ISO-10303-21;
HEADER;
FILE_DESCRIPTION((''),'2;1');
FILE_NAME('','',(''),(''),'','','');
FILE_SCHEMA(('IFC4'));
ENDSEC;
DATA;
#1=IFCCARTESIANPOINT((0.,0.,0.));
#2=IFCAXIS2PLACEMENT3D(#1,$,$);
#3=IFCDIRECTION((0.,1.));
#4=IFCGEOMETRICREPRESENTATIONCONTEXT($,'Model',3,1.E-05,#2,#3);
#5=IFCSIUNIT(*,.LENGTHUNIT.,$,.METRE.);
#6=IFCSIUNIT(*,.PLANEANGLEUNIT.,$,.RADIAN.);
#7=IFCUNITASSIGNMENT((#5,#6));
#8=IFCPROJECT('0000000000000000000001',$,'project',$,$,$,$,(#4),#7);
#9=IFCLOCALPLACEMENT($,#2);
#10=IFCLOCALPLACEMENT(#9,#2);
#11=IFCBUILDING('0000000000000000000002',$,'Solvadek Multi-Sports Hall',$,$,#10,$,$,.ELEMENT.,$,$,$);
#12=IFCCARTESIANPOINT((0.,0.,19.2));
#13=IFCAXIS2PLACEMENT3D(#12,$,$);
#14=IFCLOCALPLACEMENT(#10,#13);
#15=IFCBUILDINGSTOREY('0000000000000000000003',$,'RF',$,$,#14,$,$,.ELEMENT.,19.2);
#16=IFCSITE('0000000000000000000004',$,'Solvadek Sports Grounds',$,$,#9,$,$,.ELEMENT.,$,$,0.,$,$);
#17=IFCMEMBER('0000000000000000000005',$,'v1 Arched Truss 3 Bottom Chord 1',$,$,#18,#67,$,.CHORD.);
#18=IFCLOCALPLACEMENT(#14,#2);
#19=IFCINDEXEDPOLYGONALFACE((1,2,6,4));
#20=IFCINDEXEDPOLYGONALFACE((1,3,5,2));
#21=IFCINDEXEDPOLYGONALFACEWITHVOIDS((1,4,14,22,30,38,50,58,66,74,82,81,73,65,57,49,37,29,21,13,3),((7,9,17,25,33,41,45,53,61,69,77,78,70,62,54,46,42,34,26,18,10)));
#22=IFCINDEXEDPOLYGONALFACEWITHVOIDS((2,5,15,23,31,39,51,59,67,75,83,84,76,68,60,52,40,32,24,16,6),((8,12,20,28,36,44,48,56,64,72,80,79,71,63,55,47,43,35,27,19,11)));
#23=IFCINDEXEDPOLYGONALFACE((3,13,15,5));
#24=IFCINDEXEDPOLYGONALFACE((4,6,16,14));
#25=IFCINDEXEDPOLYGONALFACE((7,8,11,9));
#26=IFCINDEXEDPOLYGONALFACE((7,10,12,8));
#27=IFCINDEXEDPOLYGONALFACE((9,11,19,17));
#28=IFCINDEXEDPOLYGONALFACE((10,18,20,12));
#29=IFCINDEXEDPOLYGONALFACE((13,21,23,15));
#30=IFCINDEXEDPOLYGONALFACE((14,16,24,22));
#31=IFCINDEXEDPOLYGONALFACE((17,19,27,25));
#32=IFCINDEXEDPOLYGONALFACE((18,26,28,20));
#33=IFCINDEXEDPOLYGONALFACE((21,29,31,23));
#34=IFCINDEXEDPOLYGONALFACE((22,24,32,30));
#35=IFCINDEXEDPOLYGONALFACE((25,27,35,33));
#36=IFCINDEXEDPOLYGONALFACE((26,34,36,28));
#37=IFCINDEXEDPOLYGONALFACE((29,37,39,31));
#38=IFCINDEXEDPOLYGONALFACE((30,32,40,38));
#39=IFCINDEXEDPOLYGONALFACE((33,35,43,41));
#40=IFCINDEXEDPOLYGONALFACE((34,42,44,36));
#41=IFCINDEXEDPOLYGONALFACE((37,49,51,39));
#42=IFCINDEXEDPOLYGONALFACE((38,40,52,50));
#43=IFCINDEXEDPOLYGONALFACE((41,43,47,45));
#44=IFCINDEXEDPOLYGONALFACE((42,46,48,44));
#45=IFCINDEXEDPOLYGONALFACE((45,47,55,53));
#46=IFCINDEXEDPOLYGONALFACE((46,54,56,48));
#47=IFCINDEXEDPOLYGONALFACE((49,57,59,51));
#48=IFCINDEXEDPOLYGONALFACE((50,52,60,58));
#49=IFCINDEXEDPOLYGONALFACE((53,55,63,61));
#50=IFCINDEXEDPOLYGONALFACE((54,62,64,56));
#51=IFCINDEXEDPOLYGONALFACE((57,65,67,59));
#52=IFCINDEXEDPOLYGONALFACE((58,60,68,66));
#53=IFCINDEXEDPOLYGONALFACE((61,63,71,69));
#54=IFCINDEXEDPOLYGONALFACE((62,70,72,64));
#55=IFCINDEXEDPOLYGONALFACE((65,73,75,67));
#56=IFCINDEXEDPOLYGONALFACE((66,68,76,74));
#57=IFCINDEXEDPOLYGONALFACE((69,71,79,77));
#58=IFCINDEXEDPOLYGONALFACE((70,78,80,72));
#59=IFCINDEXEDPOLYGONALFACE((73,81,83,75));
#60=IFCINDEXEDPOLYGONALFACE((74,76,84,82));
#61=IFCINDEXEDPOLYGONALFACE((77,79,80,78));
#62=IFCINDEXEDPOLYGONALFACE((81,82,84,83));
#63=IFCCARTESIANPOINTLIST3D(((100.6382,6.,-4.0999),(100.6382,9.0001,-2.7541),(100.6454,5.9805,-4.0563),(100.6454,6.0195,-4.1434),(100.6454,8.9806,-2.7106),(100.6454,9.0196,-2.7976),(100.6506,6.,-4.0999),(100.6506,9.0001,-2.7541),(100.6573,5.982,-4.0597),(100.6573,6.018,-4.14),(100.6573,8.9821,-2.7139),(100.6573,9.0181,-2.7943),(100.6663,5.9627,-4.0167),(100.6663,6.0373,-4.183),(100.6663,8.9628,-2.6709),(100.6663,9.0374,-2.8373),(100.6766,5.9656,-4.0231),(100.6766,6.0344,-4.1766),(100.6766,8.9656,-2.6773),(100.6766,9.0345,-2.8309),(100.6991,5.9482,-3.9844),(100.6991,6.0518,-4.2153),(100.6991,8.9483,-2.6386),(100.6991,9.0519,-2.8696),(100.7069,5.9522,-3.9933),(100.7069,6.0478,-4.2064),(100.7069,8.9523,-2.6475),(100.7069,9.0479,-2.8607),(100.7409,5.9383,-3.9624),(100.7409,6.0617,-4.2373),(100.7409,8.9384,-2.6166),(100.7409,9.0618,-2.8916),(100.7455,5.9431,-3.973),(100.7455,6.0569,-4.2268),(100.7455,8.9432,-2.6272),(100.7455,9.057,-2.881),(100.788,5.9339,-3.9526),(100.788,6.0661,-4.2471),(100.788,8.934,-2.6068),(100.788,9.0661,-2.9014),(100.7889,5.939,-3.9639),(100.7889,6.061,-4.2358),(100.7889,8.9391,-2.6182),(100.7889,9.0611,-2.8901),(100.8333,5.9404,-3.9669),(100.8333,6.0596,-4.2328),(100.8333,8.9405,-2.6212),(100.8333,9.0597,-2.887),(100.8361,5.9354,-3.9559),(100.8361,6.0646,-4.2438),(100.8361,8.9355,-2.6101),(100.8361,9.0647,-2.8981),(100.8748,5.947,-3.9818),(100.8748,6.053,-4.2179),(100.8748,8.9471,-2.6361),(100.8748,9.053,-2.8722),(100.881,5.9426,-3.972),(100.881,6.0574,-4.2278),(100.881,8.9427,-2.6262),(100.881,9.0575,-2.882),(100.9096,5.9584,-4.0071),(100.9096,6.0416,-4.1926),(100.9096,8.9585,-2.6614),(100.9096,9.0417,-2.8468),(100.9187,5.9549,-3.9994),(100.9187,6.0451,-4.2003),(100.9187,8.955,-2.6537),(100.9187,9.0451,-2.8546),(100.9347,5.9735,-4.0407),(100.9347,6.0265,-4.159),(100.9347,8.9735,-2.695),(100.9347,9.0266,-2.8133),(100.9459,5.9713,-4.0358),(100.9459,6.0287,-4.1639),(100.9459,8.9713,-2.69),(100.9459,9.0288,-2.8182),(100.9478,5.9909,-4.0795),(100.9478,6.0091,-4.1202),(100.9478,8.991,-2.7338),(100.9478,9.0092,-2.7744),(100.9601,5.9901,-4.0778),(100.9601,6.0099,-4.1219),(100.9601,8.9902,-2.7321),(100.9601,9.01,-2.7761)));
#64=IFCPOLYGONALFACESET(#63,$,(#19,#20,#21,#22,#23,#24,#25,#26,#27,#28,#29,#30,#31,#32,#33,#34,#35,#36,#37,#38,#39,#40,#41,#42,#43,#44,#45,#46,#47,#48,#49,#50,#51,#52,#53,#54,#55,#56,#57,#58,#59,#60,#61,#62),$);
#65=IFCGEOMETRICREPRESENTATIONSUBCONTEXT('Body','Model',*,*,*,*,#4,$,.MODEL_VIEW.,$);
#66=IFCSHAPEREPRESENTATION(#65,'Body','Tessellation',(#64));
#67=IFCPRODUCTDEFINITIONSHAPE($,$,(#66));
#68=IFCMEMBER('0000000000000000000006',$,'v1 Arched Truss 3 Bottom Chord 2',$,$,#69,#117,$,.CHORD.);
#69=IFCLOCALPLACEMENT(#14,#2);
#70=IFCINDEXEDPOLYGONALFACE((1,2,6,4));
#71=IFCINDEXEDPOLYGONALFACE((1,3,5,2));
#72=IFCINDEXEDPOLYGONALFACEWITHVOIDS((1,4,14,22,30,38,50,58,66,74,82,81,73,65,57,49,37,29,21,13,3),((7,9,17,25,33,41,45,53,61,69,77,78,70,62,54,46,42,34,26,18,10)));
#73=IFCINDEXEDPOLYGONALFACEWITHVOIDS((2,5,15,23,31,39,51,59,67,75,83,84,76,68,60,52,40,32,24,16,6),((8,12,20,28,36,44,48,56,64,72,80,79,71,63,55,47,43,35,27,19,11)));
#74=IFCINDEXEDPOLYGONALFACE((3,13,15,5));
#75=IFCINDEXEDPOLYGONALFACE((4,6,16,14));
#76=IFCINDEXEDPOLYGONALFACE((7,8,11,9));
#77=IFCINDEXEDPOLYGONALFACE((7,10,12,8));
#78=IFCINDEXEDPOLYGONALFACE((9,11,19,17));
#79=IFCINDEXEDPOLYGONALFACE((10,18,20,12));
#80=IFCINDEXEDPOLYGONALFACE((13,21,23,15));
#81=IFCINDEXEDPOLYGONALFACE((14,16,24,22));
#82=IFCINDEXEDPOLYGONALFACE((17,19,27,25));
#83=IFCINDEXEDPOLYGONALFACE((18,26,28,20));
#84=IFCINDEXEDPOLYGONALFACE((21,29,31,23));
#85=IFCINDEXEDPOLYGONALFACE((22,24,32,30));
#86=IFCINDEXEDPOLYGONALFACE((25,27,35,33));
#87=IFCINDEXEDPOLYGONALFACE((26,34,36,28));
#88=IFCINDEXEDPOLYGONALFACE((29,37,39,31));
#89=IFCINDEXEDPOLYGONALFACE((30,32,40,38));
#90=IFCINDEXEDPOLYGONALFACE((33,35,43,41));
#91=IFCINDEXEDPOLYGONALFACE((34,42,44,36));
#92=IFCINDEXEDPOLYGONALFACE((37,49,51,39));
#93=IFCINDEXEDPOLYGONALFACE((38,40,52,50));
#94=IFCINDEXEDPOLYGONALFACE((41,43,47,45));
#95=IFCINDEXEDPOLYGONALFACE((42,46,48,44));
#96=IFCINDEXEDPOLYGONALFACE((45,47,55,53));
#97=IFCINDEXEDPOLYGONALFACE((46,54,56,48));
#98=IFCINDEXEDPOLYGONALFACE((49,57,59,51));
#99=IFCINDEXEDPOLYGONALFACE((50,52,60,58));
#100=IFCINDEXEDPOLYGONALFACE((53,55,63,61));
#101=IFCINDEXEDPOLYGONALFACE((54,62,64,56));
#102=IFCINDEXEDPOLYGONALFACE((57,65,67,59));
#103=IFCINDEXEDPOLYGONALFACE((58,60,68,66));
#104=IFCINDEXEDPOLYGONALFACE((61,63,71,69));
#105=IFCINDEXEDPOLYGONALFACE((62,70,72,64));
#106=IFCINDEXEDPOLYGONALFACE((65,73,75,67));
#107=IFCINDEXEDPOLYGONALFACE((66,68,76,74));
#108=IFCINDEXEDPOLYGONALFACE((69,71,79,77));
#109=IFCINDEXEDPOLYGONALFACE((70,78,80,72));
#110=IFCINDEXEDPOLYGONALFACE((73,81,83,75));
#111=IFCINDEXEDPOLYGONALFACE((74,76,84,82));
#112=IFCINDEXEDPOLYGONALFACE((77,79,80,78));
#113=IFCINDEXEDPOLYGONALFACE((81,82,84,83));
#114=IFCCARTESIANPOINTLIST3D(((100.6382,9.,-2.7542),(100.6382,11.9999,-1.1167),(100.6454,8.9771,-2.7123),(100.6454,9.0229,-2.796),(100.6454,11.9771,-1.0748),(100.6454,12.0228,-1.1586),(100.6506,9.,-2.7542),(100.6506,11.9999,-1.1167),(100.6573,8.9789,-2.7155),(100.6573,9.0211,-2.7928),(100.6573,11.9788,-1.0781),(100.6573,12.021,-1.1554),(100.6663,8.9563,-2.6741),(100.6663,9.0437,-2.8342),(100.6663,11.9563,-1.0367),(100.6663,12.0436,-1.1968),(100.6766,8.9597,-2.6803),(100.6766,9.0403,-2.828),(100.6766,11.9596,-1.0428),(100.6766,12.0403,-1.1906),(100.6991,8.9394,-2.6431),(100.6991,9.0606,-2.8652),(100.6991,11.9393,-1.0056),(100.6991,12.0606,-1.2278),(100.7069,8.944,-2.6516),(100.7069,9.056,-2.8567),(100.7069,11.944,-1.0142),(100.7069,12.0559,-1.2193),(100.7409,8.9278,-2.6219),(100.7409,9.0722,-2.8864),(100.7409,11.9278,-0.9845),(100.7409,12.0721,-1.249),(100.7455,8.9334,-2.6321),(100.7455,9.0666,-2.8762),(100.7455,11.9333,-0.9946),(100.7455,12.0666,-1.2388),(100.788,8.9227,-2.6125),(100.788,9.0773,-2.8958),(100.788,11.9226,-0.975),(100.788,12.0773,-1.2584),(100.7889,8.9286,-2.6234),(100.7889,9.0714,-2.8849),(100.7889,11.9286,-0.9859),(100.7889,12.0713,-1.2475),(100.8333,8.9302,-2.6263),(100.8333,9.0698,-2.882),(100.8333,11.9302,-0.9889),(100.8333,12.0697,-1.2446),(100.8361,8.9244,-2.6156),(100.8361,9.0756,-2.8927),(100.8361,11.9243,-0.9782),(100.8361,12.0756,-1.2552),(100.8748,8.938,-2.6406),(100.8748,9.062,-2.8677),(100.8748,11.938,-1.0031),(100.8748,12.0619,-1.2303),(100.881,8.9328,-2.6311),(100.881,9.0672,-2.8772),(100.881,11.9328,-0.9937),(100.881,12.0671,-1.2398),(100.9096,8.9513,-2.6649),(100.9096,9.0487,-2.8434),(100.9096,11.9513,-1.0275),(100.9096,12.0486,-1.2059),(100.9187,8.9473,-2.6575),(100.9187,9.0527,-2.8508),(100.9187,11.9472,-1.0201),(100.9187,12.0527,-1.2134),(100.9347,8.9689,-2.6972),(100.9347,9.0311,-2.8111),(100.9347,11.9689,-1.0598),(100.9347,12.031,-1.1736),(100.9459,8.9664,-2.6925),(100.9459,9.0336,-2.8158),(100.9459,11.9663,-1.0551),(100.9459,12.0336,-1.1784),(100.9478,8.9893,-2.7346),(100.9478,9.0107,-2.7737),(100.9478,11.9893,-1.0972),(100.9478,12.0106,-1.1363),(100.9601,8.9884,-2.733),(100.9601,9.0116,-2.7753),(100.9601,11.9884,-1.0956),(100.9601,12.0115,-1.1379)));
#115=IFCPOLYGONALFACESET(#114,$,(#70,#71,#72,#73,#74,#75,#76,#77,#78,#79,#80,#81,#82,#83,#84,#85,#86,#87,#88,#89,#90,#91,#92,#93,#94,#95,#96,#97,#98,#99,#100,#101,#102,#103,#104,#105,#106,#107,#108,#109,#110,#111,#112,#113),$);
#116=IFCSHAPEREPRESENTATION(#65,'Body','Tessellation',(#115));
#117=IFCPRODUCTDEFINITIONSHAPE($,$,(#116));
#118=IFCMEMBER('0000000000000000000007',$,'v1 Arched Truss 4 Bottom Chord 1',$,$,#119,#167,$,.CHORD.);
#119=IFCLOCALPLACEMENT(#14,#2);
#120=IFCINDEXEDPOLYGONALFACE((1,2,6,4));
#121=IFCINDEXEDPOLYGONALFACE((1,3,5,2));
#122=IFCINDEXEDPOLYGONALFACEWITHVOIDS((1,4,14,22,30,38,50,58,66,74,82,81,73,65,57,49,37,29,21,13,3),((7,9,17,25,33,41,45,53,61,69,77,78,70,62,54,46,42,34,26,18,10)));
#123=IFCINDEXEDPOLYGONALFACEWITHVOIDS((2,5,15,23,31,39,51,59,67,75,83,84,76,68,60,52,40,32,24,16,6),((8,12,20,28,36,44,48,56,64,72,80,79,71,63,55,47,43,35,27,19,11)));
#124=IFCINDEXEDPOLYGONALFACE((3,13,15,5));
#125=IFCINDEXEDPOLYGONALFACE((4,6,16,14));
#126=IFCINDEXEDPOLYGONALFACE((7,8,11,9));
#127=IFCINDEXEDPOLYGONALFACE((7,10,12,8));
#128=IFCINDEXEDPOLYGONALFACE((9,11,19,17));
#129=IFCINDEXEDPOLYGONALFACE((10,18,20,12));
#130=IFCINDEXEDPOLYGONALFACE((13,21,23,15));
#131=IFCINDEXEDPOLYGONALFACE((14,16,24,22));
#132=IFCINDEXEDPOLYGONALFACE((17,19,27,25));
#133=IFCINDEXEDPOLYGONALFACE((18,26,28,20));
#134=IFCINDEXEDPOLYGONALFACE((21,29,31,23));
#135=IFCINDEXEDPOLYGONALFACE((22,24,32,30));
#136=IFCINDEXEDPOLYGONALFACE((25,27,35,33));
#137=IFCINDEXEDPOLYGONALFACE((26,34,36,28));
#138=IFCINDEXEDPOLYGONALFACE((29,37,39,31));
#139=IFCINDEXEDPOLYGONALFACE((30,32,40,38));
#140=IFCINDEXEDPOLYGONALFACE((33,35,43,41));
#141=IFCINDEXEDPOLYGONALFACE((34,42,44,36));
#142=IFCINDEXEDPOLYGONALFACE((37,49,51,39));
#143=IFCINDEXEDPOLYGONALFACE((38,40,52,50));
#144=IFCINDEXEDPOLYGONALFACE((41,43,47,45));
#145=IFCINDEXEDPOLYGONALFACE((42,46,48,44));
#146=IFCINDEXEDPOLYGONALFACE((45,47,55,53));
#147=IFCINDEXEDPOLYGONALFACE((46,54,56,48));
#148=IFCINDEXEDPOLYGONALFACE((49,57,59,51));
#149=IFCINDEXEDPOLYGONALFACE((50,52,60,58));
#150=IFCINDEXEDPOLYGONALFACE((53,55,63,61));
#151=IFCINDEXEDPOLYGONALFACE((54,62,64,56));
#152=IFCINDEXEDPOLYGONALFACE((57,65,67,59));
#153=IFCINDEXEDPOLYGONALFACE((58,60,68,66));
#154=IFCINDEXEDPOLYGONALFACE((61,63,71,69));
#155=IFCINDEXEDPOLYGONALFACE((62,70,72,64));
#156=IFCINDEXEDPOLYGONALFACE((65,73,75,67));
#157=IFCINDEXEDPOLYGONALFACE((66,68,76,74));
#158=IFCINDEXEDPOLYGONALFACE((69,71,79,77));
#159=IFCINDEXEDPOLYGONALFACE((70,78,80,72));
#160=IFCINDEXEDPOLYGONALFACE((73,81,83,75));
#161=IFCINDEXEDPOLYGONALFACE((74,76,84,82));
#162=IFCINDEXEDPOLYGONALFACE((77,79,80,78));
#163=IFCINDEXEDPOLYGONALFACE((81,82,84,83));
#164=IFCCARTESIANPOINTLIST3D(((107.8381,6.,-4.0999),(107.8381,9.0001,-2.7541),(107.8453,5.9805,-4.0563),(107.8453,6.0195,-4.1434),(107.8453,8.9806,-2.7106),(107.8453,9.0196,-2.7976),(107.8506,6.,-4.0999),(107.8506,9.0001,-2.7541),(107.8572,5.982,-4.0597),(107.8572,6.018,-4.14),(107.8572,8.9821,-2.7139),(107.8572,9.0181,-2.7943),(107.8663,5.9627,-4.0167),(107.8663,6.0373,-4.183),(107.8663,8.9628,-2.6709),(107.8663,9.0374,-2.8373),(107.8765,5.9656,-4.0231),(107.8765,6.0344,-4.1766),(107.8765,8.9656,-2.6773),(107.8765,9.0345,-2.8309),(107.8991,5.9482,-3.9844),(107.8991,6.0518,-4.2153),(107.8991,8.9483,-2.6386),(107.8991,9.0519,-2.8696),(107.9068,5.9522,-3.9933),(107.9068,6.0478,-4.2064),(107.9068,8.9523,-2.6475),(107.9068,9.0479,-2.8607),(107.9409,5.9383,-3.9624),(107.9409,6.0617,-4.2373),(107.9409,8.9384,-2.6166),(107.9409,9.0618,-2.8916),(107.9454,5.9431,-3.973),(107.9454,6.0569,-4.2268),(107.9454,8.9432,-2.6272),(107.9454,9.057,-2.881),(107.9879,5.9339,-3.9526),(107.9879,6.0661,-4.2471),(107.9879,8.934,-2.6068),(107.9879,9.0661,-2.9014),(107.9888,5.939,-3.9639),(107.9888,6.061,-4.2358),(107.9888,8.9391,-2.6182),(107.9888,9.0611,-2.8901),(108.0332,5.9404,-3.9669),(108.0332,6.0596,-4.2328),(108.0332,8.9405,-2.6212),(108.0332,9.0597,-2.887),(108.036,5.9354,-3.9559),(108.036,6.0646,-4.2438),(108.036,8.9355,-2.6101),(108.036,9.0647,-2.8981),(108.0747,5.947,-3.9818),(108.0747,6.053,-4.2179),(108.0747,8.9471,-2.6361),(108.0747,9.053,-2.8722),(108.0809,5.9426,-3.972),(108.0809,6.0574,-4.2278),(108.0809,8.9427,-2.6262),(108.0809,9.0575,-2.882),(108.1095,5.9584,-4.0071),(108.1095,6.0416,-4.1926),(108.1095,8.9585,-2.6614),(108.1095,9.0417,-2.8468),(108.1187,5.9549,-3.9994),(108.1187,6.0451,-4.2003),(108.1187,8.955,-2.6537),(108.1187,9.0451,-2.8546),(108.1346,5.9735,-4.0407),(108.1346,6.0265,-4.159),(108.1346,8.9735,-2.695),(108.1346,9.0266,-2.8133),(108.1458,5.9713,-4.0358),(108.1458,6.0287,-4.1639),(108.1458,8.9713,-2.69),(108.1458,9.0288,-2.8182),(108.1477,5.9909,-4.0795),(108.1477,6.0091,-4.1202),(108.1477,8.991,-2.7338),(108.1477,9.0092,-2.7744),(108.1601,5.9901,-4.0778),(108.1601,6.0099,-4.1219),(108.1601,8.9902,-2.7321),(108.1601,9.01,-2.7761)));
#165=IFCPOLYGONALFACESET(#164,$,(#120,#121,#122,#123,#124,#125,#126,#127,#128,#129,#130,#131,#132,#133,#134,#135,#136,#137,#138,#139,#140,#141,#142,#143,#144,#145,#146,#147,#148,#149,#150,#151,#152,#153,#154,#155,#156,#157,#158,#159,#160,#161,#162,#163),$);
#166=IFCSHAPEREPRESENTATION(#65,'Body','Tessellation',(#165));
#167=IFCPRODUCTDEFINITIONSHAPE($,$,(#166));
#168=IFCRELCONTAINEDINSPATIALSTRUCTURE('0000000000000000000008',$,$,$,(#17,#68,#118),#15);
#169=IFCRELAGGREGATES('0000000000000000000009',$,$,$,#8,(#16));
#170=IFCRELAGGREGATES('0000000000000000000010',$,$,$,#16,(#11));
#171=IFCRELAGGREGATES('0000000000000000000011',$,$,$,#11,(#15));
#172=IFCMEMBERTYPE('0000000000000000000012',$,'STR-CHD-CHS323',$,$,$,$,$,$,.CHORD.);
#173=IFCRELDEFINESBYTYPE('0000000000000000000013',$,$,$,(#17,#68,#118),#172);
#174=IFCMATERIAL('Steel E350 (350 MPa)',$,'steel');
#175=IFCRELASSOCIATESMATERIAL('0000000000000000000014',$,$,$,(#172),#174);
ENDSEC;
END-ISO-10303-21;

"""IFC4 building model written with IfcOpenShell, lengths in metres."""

from ifc_helpers import new_model, si_unit, direction, frame, origin, origin_2d, place, context, subcontext, project, spatial, hollow_circle, extrude, material, material_profile, profile_set, type_object, element, save


model = new_model("IFC4")

# Units and contexts
model_context = context("Model", 3, precision=1e-05, world=origin(), true_north=direction((0.0, 1.0)))
body_context = subcontext(model_context, "Body", "Model", "MODEL_VIEW")
ifc_project = project(units=[si_unit("LENGTHUNIT", "METRE"), si_unit("PLANEANGLEUNIT", "RADIAN")], contexts=[model_context])

# Site, building, storey
site_placement = place(None, origin())
site = spatial("IfcSite", under=ifc_project, at=site_placement, Name="Solvadek Sports Grounds", CompositionType="ELEMENT", RefElevation=0.0)
building_placement = place(site_placement, origin())
building = spatial("IfcBuilding", under=site, at=building_placement, Name="Solvadek Multi-Sports Hall", CompositionType="ELEMENT")
storey_placement = place(building_placement, frame((0.0, 0.0, 19.2)))
storey = spatial("IfcBuildingStorey", under=building, at=storey_placement, Name="RF", CompositionType="ELEMENT", Elevation=19.2)

# Shared definitions
ifc_material_1 = material(Name="Steel E350 (350 MPa)", Category="steel")

# Members
ifc_material_profile_1 = material_profile(ifc_material_1, hollow_circle(Radius=0.1619, WallThickness=0.0125, at=origin_2d()), Name="CHS 323.9x12.5")
ifc_profile_set_1 = profile_set([ifc_material_profile_1], Name="Steel E350 (350 MPa)")
member_type_1 = type_object("IfcMemberType", Name="STR-CHD-CHS323", PredefinedType="CHORD", material=ifc_profile_set_1)
member_1_placement = place(storey_placement, frame((100.8, 6.0, -4.0999), z_axis=(0.0, 0.91241, 0.409278), x_axis=(-1.0, 0.0, 0.0)))
element("IfcMember", 1, at=member_1_placement, inside=storey, type_object=member_type_1, Name="v1 Arched Truss 3 Bottom Chord 1", PredefinedType="CHORD", context=body_context, shape_type="SweptSolid", body=[
    extrude(hollow_circle(Radius=0.1619, WallThickness=0.0125, at=origin_2d()), origin(), (0.0, 0.0, 1.0), 3.2881),
])
member_2_placement = place(storey_placement, frame((100.8, 9.0, -2.7542), z_axis=(0.0, 0.877762, 0.479097), x_axis=(-1.0, 0.0, 0.0)))
element("IfcMember", 2, at=member_2_placement, inside=storey, type_object=member_type_1, Name="v1 Arched Truss 3 Bottom Chord 2", PredefinedType="CHORD", context=body_context, shape_type="SweptSolid", body=[
    extrude(hollow_circle(Radius=0.1619, WallThickness=0.0125, at=origin_2d()), origin(), (0.0, 0.0, 1.0), 3.4177),
])
member_3_placement = place(storey_placement, frame((108.0, 6.0, -4.0999), z_axis=(0.0, 0.91241, 0.409278), x_axis=(-1.0, 0.0, 0.0)))
element("IfcMember", 3, at=member_3_placement, inside=storey, type_object=member_type_1, Name="v1 Arched Truss 4 Bottom Chord 1", PredefinedType="CHORD", context=body_context, shape_type="SweptSolid", body=[
    extrude(hollow_circle(Radius=0.1619, WallThickness=0.0125, at=origin_2d()), origin(), (0.0, 0.0, 1.0), 3.2881),
])

save(model, "model.ifc")
